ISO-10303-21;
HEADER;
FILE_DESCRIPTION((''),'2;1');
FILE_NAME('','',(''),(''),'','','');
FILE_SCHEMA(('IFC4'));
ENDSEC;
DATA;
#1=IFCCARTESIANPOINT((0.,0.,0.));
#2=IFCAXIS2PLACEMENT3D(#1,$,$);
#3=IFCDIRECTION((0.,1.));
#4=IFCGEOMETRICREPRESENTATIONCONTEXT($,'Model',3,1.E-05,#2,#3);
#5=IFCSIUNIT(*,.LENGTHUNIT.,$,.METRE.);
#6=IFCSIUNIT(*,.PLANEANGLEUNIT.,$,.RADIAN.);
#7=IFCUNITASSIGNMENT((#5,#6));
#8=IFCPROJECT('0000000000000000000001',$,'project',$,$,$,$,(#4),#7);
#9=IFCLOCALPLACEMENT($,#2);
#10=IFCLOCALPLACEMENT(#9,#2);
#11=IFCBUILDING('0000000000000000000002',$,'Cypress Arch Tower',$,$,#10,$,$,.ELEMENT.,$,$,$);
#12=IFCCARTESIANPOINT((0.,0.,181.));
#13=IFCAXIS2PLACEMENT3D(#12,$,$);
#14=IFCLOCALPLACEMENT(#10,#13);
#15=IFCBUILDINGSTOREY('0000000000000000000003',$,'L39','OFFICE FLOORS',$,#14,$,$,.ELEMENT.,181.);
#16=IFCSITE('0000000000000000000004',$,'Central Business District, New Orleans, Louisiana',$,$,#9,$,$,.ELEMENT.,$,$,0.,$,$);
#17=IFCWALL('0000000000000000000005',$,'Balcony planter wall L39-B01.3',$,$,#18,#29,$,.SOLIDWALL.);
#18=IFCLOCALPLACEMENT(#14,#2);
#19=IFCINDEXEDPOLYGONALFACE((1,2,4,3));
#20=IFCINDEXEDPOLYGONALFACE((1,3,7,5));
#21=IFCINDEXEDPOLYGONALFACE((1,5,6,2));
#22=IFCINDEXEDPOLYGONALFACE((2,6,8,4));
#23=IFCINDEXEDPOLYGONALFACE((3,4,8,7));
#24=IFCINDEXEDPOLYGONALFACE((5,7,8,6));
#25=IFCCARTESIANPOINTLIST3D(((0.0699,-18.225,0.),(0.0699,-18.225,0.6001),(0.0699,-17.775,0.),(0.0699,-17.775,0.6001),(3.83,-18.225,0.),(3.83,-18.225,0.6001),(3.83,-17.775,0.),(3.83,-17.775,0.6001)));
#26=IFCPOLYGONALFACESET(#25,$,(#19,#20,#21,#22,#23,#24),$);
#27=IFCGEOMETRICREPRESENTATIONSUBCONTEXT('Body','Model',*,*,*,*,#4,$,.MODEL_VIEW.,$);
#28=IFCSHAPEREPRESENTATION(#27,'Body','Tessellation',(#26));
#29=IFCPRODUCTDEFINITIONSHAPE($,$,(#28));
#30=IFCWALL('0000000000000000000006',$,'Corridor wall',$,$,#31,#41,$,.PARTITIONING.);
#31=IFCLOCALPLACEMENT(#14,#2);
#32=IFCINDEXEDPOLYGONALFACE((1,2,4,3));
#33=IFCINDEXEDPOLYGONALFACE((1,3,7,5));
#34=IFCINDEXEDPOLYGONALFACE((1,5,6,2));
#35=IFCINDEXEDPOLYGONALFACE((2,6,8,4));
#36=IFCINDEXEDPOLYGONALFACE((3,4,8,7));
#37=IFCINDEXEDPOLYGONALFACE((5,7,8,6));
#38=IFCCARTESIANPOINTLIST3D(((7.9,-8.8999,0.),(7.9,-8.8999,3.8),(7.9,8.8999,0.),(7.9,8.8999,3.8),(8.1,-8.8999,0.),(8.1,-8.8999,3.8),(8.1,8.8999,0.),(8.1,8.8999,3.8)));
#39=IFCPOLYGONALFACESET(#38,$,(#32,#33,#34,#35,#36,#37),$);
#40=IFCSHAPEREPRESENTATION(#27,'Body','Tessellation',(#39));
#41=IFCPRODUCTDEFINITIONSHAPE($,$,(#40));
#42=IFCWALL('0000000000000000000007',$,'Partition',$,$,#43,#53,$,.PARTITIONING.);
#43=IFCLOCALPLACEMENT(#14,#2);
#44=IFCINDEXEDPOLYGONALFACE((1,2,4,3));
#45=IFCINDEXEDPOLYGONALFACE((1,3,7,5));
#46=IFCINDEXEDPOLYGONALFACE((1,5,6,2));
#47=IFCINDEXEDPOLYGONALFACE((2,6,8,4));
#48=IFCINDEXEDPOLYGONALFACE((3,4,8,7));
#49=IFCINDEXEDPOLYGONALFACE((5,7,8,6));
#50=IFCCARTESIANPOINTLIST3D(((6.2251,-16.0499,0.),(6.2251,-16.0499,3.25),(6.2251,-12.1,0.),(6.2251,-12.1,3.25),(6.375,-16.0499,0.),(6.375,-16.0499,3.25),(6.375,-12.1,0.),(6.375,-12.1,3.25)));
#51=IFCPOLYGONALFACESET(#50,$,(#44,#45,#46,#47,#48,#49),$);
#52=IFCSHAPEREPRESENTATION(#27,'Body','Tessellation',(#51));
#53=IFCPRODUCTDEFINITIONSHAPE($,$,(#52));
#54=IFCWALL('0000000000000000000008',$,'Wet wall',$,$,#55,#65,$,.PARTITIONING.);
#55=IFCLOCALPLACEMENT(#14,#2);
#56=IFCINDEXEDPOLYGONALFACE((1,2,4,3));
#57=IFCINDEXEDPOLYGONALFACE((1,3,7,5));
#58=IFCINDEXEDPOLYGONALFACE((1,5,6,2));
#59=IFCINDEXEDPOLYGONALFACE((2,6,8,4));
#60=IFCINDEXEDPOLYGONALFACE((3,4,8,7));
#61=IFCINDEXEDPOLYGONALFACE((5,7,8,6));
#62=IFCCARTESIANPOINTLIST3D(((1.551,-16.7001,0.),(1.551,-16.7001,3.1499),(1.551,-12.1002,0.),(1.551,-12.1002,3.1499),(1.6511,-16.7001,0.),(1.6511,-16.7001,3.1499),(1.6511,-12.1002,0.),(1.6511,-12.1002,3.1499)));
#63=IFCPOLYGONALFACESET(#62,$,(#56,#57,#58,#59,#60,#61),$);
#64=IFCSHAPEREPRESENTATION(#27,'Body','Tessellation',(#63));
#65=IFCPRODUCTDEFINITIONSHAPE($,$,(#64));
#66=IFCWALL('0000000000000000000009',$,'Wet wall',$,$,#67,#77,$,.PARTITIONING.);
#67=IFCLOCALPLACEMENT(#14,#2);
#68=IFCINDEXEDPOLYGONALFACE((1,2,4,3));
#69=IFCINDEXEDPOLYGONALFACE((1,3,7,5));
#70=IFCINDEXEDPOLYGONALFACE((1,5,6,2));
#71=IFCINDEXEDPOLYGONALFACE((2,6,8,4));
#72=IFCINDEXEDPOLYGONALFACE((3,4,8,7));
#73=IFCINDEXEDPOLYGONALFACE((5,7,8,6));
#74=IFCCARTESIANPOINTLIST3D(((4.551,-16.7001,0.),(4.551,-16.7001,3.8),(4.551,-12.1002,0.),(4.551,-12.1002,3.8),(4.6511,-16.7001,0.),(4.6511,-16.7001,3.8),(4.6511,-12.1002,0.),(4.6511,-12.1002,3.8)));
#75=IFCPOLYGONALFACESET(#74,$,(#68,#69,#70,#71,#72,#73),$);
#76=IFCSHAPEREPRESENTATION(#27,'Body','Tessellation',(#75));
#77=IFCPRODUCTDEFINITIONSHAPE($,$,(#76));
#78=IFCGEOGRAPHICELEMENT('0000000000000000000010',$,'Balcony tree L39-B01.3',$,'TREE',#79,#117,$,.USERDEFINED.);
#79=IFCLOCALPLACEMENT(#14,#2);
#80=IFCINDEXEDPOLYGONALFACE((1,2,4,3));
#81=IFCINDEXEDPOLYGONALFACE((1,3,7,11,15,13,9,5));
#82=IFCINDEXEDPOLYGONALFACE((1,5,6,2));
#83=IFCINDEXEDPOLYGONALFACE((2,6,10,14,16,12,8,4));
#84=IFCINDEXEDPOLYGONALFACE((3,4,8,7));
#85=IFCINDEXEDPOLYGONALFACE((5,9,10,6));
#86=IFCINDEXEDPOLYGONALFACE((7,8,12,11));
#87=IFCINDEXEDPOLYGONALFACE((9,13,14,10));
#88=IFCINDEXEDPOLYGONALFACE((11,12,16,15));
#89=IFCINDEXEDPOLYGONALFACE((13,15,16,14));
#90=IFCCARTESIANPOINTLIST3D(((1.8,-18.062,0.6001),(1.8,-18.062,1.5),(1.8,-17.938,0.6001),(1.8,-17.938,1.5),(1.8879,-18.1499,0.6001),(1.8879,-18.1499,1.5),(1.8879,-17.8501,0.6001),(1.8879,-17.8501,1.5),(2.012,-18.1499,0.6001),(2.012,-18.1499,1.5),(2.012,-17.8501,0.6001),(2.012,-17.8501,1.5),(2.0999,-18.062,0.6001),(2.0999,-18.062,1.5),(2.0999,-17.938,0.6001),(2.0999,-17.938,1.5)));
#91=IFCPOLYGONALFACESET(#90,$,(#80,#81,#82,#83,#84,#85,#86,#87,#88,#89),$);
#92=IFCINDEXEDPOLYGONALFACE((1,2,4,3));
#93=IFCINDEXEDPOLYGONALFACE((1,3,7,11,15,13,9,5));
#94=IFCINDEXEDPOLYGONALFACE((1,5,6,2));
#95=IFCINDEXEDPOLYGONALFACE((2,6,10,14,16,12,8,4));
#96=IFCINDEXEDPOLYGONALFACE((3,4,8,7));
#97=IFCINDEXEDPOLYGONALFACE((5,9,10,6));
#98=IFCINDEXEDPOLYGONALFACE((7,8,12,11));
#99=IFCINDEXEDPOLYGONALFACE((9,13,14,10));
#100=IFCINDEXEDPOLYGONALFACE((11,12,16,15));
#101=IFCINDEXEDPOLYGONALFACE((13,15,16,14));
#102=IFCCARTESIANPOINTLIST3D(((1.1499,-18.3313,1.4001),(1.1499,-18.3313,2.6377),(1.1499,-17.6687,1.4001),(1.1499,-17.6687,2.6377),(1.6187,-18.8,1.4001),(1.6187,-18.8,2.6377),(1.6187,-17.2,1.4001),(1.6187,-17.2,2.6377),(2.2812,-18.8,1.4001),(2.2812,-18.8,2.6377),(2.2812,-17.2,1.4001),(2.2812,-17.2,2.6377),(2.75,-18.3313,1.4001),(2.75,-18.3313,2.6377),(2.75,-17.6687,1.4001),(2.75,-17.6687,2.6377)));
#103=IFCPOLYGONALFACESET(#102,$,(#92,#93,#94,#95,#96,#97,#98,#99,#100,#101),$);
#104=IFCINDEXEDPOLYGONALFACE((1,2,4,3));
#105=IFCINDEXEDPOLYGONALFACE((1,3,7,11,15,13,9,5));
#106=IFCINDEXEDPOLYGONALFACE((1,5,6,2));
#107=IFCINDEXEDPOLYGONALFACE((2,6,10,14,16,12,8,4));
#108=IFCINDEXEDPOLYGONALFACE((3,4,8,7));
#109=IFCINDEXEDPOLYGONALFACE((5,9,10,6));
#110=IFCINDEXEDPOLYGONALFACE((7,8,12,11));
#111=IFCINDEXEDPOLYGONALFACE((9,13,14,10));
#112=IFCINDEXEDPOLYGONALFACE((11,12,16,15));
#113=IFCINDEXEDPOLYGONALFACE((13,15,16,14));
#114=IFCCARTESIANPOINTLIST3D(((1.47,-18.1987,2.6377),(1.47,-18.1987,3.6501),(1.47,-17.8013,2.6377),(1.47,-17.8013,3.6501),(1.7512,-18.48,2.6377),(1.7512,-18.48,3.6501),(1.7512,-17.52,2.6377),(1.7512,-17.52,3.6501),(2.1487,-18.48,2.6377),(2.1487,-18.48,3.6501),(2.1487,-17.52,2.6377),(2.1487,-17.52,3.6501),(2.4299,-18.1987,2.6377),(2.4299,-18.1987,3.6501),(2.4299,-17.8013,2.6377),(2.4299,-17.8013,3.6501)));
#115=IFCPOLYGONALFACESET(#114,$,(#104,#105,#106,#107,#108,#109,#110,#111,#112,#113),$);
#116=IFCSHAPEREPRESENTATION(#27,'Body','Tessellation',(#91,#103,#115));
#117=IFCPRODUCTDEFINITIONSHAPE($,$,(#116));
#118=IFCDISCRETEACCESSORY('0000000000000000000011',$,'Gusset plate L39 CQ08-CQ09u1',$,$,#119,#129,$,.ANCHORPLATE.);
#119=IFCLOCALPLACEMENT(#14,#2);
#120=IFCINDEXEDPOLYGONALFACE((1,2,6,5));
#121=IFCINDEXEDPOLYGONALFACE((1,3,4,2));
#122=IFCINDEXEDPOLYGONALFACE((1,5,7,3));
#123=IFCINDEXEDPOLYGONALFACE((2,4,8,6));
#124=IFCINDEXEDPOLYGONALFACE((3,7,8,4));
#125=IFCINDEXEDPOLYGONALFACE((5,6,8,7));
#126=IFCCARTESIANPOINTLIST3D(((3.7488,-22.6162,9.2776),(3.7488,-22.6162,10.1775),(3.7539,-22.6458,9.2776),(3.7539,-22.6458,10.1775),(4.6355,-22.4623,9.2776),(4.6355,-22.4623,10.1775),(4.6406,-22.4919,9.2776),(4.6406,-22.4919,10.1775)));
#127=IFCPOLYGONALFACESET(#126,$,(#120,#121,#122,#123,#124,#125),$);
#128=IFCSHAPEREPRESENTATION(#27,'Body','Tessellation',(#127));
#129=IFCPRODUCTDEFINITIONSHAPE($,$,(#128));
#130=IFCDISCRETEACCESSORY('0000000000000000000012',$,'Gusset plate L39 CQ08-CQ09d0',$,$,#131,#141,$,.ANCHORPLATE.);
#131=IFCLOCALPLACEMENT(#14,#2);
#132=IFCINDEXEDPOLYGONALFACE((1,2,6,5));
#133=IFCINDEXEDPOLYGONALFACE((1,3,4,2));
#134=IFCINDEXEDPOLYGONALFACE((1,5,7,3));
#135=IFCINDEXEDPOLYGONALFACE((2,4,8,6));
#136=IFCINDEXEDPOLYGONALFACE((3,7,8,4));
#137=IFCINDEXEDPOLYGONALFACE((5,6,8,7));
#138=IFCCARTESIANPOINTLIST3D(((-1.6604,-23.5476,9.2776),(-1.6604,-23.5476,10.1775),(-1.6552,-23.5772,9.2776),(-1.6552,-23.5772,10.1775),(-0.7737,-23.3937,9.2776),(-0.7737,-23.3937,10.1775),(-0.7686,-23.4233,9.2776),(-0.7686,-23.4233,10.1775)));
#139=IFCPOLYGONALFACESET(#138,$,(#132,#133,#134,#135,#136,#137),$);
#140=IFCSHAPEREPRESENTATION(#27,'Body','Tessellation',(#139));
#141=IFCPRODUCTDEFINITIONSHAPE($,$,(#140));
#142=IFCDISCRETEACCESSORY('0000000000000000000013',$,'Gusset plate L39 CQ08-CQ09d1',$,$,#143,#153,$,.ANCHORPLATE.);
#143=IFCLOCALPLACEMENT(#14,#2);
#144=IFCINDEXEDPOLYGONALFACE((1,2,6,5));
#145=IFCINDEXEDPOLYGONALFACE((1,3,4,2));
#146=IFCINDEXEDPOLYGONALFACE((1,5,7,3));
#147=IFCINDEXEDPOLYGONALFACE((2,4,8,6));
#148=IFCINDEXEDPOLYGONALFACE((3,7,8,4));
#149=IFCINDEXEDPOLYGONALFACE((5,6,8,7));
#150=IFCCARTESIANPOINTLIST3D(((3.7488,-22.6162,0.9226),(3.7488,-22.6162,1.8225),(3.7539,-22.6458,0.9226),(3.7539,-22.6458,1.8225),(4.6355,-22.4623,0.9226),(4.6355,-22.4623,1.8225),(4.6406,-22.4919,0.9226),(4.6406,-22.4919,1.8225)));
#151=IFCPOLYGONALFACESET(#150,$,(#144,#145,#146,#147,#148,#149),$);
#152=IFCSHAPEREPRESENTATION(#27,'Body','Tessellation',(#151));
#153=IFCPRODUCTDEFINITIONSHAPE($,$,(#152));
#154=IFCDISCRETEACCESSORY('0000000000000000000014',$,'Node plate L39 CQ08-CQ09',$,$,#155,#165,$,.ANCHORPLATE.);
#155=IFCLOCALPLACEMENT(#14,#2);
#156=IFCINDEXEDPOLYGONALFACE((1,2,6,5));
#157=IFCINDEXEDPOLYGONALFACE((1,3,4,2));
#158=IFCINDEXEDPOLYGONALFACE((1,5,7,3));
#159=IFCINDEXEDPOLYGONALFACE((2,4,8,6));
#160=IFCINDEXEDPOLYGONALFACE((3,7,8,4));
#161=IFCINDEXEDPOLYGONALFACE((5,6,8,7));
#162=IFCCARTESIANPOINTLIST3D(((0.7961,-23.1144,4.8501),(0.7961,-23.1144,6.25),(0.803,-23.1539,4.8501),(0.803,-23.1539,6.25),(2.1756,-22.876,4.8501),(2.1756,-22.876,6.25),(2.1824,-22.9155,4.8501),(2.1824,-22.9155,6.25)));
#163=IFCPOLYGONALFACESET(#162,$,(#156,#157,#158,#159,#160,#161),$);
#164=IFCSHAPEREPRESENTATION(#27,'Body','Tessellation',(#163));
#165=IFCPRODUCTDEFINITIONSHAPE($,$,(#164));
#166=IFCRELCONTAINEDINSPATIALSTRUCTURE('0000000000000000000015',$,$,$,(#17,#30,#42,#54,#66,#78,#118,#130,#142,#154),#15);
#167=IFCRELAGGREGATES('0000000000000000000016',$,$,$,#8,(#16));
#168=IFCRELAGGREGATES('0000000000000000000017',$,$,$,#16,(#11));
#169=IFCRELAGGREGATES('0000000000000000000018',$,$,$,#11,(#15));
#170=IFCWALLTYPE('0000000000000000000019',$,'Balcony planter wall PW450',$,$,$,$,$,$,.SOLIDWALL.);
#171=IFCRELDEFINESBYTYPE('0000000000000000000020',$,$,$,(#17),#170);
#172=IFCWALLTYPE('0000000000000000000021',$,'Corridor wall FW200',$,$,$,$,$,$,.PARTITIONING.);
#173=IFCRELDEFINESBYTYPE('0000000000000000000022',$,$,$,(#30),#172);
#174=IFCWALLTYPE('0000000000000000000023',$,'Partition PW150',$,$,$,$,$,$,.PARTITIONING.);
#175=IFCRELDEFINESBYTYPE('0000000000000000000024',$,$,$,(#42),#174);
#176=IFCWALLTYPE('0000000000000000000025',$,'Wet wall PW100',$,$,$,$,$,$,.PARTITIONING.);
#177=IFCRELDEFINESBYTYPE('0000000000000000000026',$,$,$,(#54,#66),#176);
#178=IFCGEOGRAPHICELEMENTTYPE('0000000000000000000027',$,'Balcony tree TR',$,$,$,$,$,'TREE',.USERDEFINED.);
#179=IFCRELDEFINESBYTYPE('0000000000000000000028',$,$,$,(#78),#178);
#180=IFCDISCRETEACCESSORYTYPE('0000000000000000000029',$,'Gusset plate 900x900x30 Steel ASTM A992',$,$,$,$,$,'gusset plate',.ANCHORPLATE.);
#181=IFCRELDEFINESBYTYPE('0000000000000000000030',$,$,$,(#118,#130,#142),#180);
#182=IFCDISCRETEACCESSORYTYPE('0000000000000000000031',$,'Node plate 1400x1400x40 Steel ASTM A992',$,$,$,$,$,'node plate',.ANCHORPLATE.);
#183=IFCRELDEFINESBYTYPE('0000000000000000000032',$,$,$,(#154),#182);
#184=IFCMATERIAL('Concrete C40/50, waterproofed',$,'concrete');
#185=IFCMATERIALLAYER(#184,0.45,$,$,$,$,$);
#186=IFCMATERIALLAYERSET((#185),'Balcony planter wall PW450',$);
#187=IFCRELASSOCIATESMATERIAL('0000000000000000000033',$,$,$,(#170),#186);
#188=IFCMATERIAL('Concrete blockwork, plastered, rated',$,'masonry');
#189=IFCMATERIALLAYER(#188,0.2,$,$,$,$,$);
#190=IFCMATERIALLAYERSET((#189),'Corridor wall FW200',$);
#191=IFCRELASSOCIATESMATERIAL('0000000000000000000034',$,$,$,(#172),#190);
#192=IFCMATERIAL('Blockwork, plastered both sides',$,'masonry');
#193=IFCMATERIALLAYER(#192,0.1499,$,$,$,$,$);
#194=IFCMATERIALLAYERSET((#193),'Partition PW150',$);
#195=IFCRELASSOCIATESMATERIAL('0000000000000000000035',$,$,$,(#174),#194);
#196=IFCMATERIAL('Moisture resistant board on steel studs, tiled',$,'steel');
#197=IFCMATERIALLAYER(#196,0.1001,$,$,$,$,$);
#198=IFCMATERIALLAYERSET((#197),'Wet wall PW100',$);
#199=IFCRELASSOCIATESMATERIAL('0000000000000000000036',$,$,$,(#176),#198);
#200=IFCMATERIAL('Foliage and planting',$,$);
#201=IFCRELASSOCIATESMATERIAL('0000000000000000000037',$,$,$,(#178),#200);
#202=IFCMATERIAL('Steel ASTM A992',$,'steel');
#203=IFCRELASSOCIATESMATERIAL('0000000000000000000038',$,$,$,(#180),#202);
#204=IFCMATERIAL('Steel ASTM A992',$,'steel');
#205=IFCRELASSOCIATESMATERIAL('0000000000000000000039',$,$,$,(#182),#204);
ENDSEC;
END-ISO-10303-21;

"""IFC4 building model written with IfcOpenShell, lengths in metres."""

from ifc_helpers import new_model, si_unit, direction, frame, frame_2d, origin, origin_2d, place, context, subcontext, project, spatial, polyline, rectangle, outline, extrude, material, layer, layer_set, material_profile, profile_set, type_object, element, save


model = new_model("IFC4")

# Units and contexts
model_context = context("Model", 3, precision=1e-05, world=origin(), true_north=direction((0.0, 1.0)))
body_context = subcontext(model_context, "Body", "Model", "MODEL_VIEW")
ifc_project = project(units=[si_unit("LENGTHUNIT", "METRE"), si_unit("PLANEANGLEUNIT", "RADIAN")], contexts=[model_context])

# Site, building, storey
site_placement = place(None, origin())
site = spatial("IfcSite", under=ifc_project, at=site_placement, Name="Central Business District, New Orleans, Louisiana", CompositionType="ELEMENT", RefElevation=0.0)
building_placement = place(site_placement, origin())
building = spatial("IfcBuilding", under=site, at=building_placement, Name="Cypress Arch Tower", CompositionType="ELEMENT")
storey_placement = place(building_placement, frame((0.0, 0.0, 181.0)))
storey = spatial("IfcBuildingStorey", under=building, at=storey_placement, Name="L39", Description="OFFICE FLOORS", CompositionType="ELEMENT", Elevation=181.0)

# Wall
ifc_material_1 = material(Name="Concrete C40/50, waterproofed", Category="concrete")
ifc_layer_1 = layer(ifc_material_1, 0.45)
ifc_layer_set_1 = layer_set([ifc_layer_1], Name="Balcony planter wall PW450")
wall_type_1 = type_object("IfcWallType", Name="Balcony planter wall PW450", PredefinedType="SOLIDWALL", material=ifc_layer_set_1)
wall_1_placement = place(storey_placement, frame((0.0701, -18.0, 0.0), z_axis=(0.0, 0.0, 1.0), x_axis=(1.0, 0.0, 0.0)))
element("IfcWall", 1, at=wall_1_placement, inside=storey, type_object=wall_type_1, Name="Balcony planter wall L39-B01.3", PredefinedType="SOLIDWALL", context=body_context, shape_type="SweptSolid", body=[
    extrude(rectangle(XDim=3.76, YDim=0.45, at=frame_2d((1.8799, 0.0))), origin(), (0.0, 0.0, 1.0), 0.6001),
])

# Walls
ifc_material_2 = material(Name="Concrete blockwork, plastered, rated", Category="masonry")
ifc_layer_2 = layer(ifc_material_2, 0.2)
ifc_layer_set_2 = layer_set([ifc_layer_2], Name="Corridor wall FW200")
wall_type_2 = type_object("IfcWallType", Name="Corridor wall FW200", PredefinedType="PARTITIONING", material=ifc_layer_set_2)
wall_2_placement = place(storey_placement, frame((8.0, -8.8999, 0.0), z_axis=(0.0, 0.0, 1.0), x_axis=(0.0, 1.0, 0.0)))
element("IfcWall", 2, at=wall_2_placement, inside=storey, type_object=wall_type_2, Name="Corridor wall", PredefinedType="PARTITIONING", context=body_context, shape_type="SweptSolid", body=[
    extrude(rectangle(XDim=17.7998, YDim=0.2, at=frame_2d((8.8999, 0.0))), origin(), (0.0, 0.0, 1.0), 3.8),
])
ifc_material_3 = material(Name="Blockwork, plastered both sides", Category="masonry")
ifc_layer_3 = layer(ifc_material_3, 0.1499)
ifc_layer_set_3 = layer_set([ifc_layer_3], Name="Partition PW150")
wall_type_3 = type_object("IfcWallType", Name="Partition PW150", PredefinedType="PARTITIONING", material=ifc_layer_set_3)
wall_3_placement = place(storey_placement, frame((6.3, -16.05, 0.0), z_axis=(0.0, 0.0, 1.0), x_axis=(0.0, 1.0, 0.0)))
element("IfcWall", 3, at=wall_3_placement, inside=storey, type_object=wall_type_3, Name="Partition", PredefinedType="PARTITIONING", context=body_context, shape_type="SweptSolid", body=[
    extrude(rectangle(XDim=3.95, YDim=0.1499, at=frame_2d((1.9751, 0.0))), origin(), (0.0, 0.0, 1.0), 3.25),
])
ifc_material_4 = material(Name="Moisture resistant board on steel studs, tiled", Category="steel")
ifc_layer_4 = layer(ifc_material_4, 0.1001)
ifc_layer_set_4 = layer_set([ifc_layer_4], Name="Wet wall PW100")
wall_type_4 = type_object("IfcWallType", Name="Wet wall PW100", PredefinedType="PARTITIONING", material=ifc_layer_set_4)
wall_4_placement = place(storey_placement, frame((1.6011, -16.7, 0.0), z_axis=(0.0, 0.0, 1.0), x_axis=(0.0, 1.0, 0.0)))
element("IfcWall", 4, at=wall_4_placement, inside=storey, type_object=wall_type_4, Name="Wet wall", PredefinedType="PARTITIONING", context=body_context, shape_type="SweptSolid", body=[
    extrude(rectangle(XDim=4.5999, YDim=0.1001, at=frame_2d((2.2998, 0.0))), origin(), (0.0, 0.0, 1.0), 3.1499),
])
wall_5_placement = place(storey_placement, frame((4.6011, -16.7, 0.0), z_axis=(0.0, 0.0, 1.0), x_axis=(0.0, 1.0, 0.0)))
element("IfcWall", 5, at=wall_5_placement, inside=storey, type_object=wall_type_4, Name="Wet wall", PredefinedType="PARTITIONING", context=body_context, shape_type="SweptSolid", body=[
    extrude(rectangle(XDim=4.5999, YDim=0.1001, at=frame_2d((2.2998, 0.0))), origin(), (0.0, 0.0, 1.0), 3.8),
])

# Geographic element
ifc_material_5 = material(Name="Foliage and planting")
geographic_element_type = type_object("IfcGeographicElementType", Name="Balcony tree TR", ElementType="TREE", PredefinedType="USERDEFINED", material=ifc_material_5)
geographic_element_placement = place(storey_placement, frame((1.95, -18.0, 0.6001), z_axis=(0.0, 0.0, 1.0), x_axis=(1.0, 0.0, 0.0)))
element("IfcGeographicElement", 6, at=geographic_element_placement, inside=storey, type_object=geographic_element_type, Name="Balcony tree L39-B01.3", ObjectType="TREE", PredefinedType="USERDEFINED", context=body_context, shape_type="SweptSolid", body=[
    extrude(outline(polyline([(0.1499, 0.062), (0.062, 0.1499), (-0.062, 0.1499), (-0.1499, 0.062), (-0.1499, -0.062), (-0.062, -0.1499), (0.062, -0.1499), (0.1499, -0.062), (0.1499, 0.062)])), origin(), (0.0, 0.0, 1.0), 0.8999),
    extrude(outline(polyline([(0.8, 0.3313), (0.3313, 0.8), (-0.3313, 0.8), (-0.8, 0.3313), (-0.8, -0.3313), (-0.3313, -0.8), (0.3313, -0.8), (0.8, -0.3313), (0.8, 0.3313)])), frame((0.0, 0.0, 0.8)), (0.0, 0.0, 1.0), 1.2375),
    extrude(outline(polyline([(0.48, 0.1987), (0.1987, 0.48), (-0.1987, 0.48), (-0.48, 0.1987), (-0.48, -0.1987), (-0.1987, -0.48), (0.1987, -0.48), (0.48, -0.1987), (0.48, 0.1987)])), frame((0.0, 0.0, 2.0376)), (0.0, 0.0, 1.0), 1.0125),
])

# Discrete accessories
ifc_material_6 = material(Name="Steel ASTM A992", Category="steel")
ifc_material_profile_1 = material_profile(ifc_material_6, rectangle(XDim=0.8999, YDim=0.8999, at=origin_2d()), Name="PL 30 900x900")
ifc_profile_set_1 = profile_set([ifc_material_profile_1], Name="Steel ASTM A992")
discrete_accessory_type_1 = type_object("IfcDiscreteAccessoryType", Name="Gusset plate 900x900x30 Steel ASTM A992", ElementType="gusset plate", PredefinedType="ANCHORPLATE", material=ifc_profile_set_1)
for number, where, z_axis, x_axis, name in (
    (7, (4.1973, -22.5688, 9.7275), (-0.170998, 0.985271, 0.0), (-0.985271, -0.170998, 0.0), "Gusset plate L39 CQ08-CQ09u1"),
    (8, (-1.2119, -23.5002, 9.7275), (-0.170998, 0.985271, 0.0), (-0.985271, -0.170998, 0.0), "Gusset plate L39 CQ08-CQ09d0"),
    (9, (4.1973, -22.5688, 1.3726), (-0.170998, 0.985271, 0.0), (-0.985271, -0.170998, 0.0), "Gusset plate L39 CQ08-CQ09d1"),
):
    element("IfcDiscreteAccessory", number, at=place(storey_placement, frame(where, z_axis=z_axis, x_axis=x_axis)), inside=storey, type_object=discrete_accessory_type_1, Name=name, PredefinedType="ANCHORPLATE", context=body_context, shape_type="SweptSolid", body=[
        extrude(rectangle(XDim=0.8999, YDim=0.8999, at=origin_2d()), origin(), (0.0, 0.0, 1.0), 0.03),
    ])
ifc_material_7 = material(Name="Steel ASTM A992", Category="steel")
ifc_material_profile_2 = material_profile(ifc_material_7, rectangle(XDim=1.3999, YDim=1.3999, at=origin_2d()), Name="PL 40 1400x1400")
ifc_profile_set_2 = profile_set([ifc_material_profile_2], Name="Steel ASTM A992")
discrete_accessory_type_2 = type_object("IfcDiscreteAccessoryType", Name="Node plate 1400x1400x40 Steel ASTM A992", ElementType="node plate", PredefinedType="ANCHORPLATE", material=ifc_profile_set_2)
discrete_accessory_placement = place(storey_placement, frame((1.4927, -23.0347, 5.55), z_axis=(-0.170314, 0.98539, 0.0), x_axis=(-0.98539, -0.170314, 0.0)))
element("IfcDiscreteAccessory", 10, at=discrete_accessory_placement, inside=storey, type_object=discrete_accessory_type_2, Name="Node plate L39 CQ08-CQ09", PredefinedType="ANCHORPLATE", context=body_context, shape_type="SweptSolid", body=[
    extrude(rectangle(XDim=1.3999, YDim=1.3999, at=origin_2d()), origin(), (0.0, 0.0, 1.0), 0.04),
])

save(model, "model.ifc")
